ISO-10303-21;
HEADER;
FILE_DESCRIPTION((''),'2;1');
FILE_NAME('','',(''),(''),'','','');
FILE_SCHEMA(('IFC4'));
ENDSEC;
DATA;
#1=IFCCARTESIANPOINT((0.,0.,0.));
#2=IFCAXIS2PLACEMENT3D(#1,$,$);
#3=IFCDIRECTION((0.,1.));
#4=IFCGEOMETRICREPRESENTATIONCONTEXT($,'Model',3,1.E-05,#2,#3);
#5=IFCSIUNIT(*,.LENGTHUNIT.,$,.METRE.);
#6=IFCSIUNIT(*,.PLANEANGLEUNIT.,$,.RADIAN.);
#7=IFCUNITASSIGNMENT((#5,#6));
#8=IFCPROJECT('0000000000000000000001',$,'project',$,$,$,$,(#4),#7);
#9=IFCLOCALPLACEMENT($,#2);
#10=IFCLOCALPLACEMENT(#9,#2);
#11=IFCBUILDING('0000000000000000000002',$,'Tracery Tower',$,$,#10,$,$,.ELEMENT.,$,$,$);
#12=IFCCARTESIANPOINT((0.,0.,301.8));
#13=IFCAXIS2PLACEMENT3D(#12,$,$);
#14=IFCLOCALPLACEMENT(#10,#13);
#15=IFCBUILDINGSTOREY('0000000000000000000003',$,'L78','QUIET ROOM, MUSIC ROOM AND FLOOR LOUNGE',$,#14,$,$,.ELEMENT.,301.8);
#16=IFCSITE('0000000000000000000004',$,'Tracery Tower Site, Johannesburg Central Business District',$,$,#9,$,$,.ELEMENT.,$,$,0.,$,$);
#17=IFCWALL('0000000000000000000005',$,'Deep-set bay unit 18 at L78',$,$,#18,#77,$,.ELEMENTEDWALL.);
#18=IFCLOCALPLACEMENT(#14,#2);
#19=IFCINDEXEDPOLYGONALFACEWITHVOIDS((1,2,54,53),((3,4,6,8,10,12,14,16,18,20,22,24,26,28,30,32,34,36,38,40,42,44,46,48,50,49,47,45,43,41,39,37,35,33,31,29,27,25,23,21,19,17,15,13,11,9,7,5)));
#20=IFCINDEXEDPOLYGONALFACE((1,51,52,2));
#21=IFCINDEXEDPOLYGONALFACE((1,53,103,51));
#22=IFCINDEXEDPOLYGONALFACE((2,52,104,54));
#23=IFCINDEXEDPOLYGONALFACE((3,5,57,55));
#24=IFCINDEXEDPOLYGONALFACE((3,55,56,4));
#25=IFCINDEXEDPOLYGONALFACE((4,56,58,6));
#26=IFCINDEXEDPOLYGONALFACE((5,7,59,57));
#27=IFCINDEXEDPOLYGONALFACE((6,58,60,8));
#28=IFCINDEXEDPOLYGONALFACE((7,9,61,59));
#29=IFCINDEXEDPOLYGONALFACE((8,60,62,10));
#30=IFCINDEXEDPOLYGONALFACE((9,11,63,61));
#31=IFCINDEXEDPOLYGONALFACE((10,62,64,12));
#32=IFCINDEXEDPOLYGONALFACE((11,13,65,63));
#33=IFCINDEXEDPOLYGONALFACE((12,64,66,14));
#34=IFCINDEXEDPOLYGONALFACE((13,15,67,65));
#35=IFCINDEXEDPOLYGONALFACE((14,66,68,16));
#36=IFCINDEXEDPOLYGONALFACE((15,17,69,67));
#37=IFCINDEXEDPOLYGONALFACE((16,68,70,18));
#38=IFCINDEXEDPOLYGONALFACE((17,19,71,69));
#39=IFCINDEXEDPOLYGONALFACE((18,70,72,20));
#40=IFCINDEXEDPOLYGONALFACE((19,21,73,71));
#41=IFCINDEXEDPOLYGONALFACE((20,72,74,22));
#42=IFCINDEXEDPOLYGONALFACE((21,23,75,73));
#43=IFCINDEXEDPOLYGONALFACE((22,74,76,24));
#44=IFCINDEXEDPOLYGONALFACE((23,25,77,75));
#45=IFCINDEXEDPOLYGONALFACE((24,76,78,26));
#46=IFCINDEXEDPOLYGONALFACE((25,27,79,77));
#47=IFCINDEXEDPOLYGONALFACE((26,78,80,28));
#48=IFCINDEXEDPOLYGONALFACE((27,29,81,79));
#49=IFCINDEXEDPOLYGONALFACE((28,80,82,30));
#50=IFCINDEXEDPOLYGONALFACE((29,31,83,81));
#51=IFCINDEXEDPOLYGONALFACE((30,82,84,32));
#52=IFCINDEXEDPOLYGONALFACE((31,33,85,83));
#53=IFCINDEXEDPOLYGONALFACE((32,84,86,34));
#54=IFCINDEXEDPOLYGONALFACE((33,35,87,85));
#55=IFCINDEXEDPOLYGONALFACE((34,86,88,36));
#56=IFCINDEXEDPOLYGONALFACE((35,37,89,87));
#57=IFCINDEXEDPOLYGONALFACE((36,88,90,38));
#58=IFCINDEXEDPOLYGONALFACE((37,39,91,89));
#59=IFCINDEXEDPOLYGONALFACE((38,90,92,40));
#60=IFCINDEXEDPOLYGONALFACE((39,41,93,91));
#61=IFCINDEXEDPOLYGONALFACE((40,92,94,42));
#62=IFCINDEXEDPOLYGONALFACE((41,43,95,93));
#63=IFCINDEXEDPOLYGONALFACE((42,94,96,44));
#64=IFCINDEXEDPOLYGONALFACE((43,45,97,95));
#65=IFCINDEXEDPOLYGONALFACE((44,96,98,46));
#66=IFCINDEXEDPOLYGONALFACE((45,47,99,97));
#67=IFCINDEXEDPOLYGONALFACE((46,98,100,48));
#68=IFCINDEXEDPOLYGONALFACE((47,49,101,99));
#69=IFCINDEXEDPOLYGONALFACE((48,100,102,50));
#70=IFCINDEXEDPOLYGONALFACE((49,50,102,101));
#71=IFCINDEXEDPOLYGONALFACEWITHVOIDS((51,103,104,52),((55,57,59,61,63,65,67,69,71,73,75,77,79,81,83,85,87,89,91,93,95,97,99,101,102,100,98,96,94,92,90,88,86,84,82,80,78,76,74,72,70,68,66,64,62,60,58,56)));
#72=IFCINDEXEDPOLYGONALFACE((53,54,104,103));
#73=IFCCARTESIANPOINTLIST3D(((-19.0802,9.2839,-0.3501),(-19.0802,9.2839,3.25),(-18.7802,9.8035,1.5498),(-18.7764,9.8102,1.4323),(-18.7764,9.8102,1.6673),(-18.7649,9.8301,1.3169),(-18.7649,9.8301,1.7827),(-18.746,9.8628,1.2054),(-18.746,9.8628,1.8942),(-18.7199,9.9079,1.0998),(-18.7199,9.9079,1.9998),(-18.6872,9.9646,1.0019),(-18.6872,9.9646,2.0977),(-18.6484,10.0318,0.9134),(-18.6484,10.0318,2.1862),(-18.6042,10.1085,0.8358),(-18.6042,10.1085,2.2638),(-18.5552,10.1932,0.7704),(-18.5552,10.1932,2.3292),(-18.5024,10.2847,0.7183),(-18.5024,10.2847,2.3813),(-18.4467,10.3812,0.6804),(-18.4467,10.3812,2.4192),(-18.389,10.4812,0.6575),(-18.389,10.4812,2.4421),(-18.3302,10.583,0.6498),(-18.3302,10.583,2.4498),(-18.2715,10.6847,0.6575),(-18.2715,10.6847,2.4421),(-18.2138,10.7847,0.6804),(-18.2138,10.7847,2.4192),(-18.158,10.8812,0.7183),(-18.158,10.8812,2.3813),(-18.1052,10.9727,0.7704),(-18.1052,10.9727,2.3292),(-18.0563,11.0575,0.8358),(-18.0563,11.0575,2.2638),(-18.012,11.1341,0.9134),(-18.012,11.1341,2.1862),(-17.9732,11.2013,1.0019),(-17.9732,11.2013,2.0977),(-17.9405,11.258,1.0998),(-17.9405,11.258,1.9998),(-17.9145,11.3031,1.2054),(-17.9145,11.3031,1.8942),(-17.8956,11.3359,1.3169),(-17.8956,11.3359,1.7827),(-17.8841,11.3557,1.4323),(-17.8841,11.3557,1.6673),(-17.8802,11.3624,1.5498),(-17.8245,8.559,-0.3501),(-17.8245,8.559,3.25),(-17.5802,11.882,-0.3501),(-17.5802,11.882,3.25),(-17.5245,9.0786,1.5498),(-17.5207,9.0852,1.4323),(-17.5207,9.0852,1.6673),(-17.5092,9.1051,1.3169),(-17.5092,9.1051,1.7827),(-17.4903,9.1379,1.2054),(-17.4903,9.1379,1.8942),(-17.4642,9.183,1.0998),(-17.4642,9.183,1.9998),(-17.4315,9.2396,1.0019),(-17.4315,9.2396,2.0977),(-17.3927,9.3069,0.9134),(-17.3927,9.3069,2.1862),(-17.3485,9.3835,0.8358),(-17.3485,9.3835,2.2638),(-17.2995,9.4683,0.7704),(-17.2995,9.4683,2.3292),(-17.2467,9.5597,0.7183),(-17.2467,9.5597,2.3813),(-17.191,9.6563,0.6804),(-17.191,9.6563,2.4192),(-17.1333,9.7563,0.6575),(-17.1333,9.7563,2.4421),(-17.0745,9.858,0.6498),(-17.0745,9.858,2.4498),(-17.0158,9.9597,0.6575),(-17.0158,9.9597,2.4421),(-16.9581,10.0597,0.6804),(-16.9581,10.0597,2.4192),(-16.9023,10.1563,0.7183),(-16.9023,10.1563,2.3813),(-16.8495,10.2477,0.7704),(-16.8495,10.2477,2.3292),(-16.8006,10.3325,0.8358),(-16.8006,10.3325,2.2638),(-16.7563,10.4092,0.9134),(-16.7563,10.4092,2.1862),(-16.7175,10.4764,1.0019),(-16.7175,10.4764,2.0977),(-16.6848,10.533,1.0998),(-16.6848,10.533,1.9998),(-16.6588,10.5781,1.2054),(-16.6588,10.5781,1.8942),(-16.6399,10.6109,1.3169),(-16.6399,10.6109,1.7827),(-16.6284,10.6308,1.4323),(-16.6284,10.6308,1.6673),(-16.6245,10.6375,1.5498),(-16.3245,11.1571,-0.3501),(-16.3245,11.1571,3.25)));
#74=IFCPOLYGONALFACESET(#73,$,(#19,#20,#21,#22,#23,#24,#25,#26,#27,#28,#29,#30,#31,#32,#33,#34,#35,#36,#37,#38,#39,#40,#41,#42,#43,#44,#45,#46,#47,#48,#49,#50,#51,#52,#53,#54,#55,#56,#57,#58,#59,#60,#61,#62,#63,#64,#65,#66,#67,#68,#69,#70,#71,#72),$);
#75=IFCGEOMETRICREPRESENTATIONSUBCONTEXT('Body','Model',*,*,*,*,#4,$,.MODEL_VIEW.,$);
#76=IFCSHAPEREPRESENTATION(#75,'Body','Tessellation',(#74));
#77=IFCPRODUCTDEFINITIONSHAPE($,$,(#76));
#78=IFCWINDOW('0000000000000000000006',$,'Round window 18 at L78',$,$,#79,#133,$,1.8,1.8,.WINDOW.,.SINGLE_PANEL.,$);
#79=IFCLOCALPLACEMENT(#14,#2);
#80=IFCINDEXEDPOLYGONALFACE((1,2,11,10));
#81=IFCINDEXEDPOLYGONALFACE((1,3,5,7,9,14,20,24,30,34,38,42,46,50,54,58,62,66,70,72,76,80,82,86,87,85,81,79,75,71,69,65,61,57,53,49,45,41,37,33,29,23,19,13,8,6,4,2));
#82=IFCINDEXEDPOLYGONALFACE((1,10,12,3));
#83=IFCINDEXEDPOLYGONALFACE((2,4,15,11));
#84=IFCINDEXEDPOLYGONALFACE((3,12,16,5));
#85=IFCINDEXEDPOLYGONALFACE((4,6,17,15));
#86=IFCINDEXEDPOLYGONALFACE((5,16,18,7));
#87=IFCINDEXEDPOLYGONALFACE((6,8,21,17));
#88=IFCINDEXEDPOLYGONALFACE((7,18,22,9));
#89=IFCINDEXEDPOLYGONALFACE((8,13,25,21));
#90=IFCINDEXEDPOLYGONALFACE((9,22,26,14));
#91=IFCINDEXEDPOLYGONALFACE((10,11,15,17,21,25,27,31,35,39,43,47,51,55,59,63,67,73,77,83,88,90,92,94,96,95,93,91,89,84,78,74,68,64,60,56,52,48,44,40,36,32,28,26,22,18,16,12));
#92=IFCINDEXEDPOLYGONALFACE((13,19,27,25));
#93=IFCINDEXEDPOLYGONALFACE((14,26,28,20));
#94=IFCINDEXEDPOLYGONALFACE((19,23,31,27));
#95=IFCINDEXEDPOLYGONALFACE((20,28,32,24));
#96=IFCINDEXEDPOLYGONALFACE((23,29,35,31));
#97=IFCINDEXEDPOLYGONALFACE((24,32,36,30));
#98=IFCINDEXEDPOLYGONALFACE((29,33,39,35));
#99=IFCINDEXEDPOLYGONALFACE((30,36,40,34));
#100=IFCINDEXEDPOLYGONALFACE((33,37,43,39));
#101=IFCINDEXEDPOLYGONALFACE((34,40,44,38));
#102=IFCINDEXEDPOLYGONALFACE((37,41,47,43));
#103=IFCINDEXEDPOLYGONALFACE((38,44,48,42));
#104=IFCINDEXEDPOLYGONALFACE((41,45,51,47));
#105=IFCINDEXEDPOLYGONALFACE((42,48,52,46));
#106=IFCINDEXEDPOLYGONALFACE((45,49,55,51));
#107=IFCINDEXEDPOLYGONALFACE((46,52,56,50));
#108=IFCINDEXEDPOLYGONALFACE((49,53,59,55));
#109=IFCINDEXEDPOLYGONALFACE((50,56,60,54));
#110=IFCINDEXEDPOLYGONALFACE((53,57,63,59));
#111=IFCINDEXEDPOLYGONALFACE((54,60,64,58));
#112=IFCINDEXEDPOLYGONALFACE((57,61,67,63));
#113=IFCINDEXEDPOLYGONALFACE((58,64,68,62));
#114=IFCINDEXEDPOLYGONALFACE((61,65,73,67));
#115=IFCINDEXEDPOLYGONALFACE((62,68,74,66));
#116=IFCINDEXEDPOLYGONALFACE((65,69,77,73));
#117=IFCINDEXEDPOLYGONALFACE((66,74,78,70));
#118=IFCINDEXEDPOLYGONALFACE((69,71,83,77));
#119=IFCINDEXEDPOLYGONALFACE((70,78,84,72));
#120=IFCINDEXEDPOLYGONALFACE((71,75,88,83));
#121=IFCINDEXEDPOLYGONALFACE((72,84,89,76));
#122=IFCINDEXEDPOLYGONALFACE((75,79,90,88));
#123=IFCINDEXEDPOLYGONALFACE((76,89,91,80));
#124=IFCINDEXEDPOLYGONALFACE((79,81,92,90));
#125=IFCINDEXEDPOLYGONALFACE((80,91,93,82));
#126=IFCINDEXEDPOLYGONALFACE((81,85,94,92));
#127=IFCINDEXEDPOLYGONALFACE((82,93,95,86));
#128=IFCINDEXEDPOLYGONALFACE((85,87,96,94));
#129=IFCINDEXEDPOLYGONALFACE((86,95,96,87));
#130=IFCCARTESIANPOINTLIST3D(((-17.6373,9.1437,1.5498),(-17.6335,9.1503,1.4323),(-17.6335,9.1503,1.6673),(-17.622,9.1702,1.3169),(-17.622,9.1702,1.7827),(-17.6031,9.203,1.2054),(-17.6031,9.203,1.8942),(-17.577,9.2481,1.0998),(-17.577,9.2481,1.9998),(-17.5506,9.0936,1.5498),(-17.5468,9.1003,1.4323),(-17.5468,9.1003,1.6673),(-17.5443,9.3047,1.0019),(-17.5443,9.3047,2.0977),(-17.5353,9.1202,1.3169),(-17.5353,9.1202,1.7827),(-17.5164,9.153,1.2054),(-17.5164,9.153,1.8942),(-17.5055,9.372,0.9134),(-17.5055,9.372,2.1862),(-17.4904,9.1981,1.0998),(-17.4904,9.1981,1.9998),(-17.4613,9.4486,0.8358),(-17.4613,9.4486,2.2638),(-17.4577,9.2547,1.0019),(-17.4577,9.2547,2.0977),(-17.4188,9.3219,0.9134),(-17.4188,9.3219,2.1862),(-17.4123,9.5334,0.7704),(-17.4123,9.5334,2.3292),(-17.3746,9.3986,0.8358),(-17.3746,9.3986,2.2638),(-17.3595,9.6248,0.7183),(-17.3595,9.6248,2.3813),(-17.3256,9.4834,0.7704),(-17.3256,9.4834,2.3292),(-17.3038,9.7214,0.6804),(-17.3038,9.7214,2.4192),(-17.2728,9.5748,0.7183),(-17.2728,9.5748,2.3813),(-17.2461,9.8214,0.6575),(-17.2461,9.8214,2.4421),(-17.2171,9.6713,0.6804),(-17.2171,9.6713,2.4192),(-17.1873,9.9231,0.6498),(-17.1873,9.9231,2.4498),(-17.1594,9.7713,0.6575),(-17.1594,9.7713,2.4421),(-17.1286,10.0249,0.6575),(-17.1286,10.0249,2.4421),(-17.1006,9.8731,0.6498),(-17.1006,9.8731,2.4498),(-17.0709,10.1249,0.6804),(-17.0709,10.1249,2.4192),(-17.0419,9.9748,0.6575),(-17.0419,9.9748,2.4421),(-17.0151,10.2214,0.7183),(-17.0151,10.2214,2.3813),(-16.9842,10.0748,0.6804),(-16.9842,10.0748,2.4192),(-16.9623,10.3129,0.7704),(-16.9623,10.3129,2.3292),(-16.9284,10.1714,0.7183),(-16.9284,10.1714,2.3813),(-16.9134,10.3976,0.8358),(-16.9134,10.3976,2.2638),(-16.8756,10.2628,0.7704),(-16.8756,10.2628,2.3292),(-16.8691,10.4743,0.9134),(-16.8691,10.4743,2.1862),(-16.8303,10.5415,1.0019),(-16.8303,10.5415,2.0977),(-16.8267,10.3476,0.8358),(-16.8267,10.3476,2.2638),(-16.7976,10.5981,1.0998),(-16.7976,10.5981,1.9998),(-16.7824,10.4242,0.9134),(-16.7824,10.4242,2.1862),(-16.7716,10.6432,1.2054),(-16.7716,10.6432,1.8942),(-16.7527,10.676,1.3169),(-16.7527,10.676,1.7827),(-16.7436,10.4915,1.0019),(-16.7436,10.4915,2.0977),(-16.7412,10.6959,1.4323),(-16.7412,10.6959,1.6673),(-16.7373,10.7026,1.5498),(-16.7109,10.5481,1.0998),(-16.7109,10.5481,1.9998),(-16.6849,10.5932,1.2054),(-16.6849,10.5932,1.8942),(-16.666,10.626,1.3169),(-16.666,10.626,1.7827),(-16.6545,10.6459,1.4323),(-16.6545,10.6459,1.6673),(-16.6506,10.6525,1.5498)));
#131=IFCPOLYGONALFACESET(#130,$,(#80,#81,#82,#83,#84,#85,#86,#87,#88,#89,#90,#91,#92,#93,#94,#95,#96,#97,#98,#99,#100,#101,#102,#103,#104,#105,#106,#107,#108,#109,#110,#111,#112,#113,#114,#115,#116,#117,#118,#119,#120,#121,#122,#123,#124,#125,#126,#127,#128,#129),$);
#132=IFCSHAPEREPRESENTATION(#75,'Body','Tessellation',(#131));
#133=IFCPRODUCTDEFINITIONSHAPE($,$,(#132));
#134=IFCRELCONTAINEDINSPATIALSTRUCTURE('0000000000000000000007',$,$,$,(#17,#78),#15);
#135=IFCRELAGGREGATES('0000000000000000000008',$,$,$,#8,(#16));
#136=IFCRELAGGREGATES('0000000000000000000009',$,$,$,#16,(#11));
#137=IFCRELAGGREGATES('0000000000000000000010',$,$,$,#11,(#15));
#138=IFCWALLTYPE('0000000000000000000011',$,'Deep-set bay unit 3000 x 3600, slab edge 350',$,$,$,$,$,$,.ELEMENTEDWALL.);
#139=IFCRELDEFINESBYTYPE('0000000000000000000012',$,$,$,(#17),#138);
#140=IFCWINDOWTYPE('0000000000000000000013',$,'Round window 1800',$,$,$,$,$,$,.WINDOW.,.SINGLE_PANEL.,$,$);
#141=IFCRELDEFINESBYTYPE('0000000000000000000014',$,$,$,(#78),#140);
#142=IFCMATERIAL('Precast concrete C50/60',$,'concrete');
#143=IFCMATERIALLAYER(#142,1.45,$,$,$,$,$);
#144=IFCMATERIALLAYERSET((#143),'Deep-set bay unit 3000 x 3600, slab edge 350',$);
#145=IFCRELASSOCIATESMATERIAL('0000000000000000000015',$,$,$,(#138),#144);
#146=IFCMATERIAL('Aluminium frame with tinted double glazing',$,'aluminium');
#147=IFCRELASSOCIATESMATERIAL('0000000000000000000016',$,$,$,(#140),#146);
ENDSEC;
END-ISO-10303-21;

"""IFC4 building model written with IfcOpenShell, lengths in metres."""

from ifc_helpers import new_model, si_unit, direction, frame, frame_2d, origin, origin_2d, place, context, subcontext, project, spatial, rectangle, circle, extrude, material, layer, layer_set, type_object, element, fill, save


model = new_model("IFC4")

# Units and contexts
model_context = context("Model", 3, precision=1e-05, world=origin(), true_north=direction((0.0, 1.0)))
body_context = subcontext(model_context, "Body", "Model", "MODEL_VIEW")
ifc_project = project(units=[si_unit("LENGTHUNIT", "METRE"), si_unit("PLANEANGLEUNIT", "RADIAN")], contexts=[model_context])

# Site, building, storey
site_placement = place(None, origin())
site = spatial("IfcSite", under=ifc_project, at=site_placement, Name="Tracery Tower Site, Johannesburg Central Business District", CompositionType="ELEMENT", RefElevation=0.0)
building_placement = place(site_placement, origin())
building = spatial("IfcBuilding", under=site, at=building_placement, Name="Tracery Tower", CompositionType="ELEMENT")
storey_placement = place(building_placement, frame((0.0, 0.0, 301.8)))
storey = spatial("IfcBuildingStorey", under=building, at=storey_placement, Name="L78", Description="QUIET ROOM, MUSIC ROOM AND FLOOR LOUNGE", CompositionType="ELEMENT", Elevation=301.8)

# Wall, opening, window
ifc_material_1 = material(Name="Precast concrete C50/60", Category="concrete")
ifc_layer_1 = layer(ifc_material_1, 1.45)
ifc_layer_set_1 = layer_set([ifc_layer_1], Name="Deep-set bay unit 3000 x 3600, slab edge 350")
wall_type_1 = type_object("IfcWallType", Name="Deep-set bay unit 3000 x 3600, slab edge 350", PredefinedType="ELEMENTEDWALL", material=ifc_layer_set_1)
ifc_material_2 = material(Name="Aluminium frame with tinted double glazing", Category="aluminium")
window_type = type_object("IfcWindowType", Name="Round window 1800", PartitioningType="SINGLE_PANEL", PredefinedType="WINDOW", material=ifc_material_2)
wall_1_placement = place(storey_placement, frame((-16.9524, 11.5195, -0.3501), z_axis=(0.0, 0.0, 1.0), x_axis=(-0.49999, -0.866031, 0.0)))
wall_1 = element("IfcWall", 1, at=wall_1_placement, inside=storey, type_object=wall_type_1, Name="Deep-set bay unit 18 at L78", PredefinedType="ELEMENTEDWALL", context=body_context, shape_type="SweptSolid", body=[
    extrude(rectangle(XDim=3.0, YDim=1.45, at=frame_2d((1.5, 0.0))), origin(), (0.0, 0.0, 1.0), 3.6001),
])
opening_1_placement = place(wall_1_placement, frame((1.5, 0.0, 1.8999)))
opening_1 = element("IfcOpeningElement", 2, at=opening_1_placement, cuts=wall_1, PredefinedType="OPENING", context=body_context, shape_type="SweptSolid", body=[
    extrude(circle(Radius=0.9, at=origin_2d()), frame((0.0, 0.7349, 0.0), z_axis=(0.0, -1.0, 0.0), x_axis=(1.0, 0.0, 0.0)), (0.0, 0.0, 1.0), 1.47),
])
window_1_placement = place(opening_1_placement, origin())
window_1 = element("IfcWindow", 3, at=window_1_placement, inside=storey, type_object=window_type, Name="Round window 18 at L78", OverallHeight=1.8, OverallWidth=1.8, PartitioningType="SINGLE_PANEL", PredefinedType="WINDOW", context=body_context, shape_type="SweptSolid", body=[
    extrude(circle(Radius=0.9, at=origin_2d()), frame((0.0, 0.6948, 0.0), z_axis=(0.0, -1.0, 0.0), x_axis=(1.0, 0.0, 0.0)), (0.0, 0.0, 1.0), 0.1001),
])
fill(opening_1, window_1)

save(model, "model.ifc")
